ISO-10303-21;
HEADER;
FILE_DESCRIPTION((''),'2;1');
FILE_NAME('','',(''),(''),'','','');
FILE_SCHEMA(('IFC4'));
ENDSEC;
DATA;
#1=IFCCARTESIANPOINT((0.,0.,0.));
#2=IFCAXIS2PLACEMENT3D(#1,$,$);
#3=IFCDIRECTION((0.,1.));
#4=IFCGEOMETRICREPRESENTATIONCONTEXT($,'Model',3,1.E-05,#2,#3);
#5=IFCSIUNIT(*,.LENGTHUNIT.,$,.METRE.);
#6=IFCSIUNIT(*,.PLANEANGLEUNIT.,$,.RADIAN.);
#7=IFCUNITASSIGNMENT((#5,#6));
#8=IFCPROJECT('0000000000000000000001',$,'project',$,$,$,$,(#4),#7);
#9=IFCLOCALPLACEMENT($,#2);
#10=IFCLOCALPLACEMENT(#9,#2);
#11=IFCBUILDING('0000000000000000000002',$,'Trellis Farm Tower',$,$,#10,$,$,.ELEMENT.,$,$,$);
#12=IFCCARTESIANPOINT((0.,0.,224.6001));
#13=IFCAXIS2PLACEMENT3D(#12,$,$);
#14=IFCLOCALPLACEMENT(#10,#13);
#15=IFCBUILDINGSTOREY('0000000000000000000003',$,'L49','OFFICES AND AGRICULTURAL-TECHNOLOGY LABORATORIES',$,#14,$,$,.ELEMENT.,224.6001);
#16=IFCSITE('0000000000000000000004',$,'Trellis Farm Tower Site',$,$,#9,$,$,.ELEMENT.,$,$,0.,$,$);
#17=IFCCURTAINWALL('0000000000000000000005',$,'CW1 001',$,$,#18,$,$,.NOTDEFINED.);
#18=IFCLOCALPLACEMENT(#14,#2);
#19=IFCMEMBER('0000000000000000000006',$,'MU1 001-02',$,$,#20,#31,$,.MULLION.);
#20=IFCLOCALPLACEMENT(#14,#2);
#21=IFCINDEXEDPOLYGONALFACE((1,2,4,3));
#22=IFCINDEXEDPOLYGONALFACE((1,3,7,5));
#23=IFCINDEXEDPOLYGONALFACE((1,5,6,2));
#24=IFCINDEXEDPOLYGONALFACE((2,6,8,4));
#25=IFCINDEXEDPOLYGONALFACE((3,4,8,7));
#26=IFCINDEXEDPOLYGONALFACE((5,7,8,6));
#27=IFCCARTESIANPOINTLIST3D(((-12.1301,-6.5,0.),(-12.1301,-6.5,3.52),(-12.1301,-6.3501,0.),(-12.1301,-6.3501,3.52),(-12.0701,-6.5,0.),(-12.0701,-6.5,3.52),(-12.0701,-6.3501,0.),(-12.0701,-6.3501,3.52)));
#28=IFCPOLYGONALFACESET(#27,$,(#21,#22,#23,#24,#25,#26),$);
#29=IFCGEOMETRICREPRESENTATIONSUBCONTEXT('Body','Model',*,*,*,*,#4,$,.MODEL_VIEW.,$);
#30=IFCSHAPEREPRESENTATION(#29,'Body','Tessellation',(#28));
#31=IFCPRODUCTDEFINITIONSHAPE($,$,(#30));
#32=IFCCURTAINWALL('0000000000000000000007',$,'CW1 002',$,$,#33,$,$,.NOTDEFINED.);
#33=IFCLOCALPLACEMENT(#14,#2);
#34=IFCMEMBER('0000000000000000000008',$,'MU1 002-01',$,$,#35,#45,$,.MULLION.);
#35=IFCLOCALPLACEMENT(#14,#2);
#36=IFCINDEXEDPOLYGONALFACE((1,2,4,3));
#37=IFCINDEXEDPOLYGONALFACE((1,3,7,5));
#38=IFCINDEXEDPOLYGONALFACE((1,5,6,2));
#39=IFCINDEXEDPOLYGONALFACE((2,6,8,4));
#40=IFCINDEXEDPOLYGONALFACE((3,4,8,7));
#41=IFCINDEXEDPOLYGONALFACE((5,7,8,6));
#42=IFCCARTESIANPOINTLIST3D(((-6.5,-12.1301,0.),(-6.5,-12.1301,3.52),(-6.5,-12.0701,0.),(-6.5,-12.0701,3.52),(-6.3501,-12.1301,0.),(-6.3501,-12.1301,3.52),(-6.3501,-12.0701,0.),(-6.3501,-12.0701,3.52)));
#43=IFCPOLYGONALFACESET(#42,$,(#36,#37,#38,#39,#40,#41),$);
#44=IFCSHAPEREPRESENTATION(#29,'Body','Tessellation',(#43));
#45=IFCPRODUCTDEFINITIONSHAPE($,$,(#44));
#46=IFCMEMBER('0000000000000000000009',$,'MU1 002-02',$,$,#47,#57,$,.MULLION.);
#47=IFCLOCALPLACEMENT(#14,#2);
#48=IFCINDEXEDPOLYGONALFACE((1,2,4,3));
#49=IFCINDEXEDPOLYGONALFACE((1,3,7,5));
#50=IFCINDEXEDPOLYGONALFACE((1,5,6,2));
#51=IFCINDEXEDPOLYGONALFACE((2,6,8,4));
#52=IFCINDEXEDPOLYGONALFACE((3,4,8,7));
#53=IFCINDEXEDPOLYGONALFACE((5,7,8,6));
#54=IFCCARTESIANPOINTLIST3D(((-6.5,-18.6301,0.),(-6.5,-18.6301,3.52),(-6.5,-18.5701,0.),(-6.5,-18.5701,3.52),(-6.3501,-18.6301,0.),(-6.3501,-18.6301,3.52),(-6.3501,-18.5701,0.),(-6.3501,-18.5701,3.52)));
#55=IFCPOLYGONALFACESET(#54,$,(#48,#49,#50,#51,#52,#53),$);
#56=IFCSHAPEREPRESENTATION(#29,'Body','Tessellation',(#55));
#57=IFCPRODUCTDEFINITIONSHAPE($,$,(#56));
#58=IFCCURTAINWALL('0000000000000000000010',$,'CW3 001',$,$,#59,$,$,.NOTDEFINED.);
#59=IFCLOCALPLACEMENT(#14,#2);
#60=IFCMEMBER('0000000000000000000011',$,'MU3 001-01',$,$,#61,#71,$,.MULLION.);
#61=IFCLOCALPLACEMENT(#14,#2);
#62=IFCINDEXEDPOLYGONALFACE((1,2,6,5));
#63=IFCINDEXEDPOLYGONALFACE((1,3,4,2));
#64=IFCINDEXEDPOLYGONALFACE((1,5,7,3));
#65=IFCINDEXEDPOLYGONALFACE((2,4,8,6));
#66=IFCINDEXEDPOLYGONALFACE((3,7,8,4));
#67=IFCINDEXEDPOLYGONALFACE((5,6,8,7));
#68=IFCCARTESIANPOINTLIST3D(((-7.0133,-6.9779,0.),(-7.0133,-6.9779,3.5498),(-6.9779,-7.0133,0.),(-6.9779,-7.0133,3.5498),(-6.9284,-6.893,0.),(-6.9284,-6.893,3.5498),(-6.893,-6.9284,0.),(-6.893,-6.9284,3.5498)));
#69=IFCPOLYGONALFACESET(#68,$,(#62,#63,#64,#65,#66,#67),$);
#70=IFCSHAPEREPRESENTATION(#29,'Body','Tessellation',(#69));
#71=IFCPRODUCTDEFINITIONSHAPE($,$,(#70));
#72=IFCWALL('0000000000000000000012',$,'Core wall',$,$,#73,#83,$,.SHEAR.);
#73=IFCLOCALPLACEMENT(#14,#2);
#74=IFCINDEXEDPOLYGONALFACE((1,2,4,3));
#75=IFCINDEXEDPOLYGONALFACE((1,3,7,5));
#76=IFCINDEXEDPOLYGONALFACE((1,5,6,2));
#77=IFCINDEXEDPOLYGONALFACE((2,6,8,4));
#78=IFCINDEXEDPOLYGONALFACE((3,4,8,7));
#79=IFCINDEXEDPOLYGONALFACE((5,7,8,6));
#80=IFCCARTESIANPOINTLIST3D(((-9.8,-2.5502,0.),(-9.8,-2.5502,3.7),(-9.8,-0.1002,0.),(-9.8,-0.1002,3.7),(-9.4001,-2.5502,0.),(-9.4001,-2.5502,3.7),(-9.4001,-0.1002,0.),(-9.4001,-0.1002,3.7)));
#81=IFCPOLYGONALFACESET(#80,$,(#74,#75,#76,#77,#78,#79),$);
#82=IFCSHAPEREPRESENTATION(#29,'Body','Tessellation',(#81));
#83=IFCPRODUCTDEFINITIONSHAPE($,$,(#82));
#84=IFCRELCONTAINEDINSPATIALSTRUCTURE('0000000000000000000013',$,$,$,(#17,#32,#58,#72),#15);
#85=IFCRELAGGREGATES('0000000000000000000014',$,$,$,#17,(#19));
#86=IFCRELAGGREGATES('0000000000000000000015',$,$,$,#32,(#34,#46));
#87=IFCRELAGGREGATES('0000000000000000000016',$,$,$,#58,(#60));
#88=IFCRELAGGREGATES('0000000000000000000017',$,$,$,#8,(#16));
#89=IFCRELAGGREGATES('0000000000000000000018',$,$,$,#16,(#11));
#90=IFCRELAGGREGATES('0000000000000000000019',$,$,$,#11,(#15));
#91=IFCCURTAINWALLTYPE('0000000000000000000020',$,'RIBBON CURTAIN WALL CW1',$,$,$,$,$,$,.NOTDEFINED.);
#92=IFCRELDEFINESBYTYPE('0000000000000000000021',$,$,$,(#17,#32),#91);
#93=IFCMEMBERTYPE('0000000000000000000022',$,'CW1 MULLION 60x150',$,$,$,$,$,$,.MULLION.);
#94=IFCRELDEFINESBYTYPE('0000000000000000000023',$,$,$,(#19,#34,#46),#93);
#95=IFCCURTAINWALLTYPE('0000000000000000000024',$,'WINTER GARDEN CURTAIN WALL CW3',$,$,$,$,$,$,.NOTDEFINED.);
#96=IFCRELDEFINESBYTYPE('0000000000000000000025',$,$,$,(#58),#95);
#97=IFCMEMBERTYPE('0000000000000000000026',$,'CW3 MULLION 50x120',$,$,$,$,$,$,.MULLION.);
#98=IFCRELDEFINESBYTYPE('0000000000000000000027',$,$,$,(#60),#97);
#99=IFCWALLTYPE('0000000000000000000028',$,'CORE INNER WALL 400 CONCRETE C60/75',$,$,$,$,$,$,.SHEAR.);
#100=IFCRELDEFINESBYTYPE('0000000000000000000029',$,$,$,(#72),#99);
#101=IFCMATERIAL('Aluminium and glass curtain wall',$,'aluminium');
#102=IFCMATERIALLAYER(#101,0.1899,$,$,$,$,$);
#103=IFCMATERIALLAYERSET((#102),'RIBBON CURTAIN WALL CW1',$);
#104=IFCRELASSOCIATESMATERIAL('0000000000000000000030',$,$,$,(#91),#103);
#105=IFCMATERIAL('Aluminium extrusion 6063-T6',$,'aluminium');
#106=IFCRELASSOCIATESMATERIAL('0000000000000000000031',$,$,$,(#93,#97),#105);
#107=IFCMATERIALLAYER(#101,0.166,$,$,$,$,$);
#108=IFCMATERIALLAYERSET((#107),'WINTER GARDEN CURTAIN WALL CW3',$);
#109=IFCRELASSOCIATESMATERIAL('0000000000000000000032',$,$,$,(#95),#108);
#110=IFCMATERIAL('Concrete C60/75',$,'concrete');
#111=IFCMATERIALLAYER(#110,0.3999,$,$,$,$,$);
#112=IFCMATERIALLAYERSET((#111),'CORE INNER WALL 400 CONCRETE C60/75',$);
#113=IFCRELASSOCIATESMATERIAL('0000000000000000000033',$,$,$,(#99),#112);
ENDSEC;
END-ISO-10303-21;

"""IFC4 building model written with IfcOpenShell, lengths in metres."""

from ifc_helpers import new_model, si_unit, direction, frame, frame_2d, origin, origin_2d, place, context, subcontext, project, spatial, rectangle, extrude, source, transform, mapped, material, layer, layer_set, material_profile, profile_set, type_object, element, aggregate, save


model = new_model("IFC4")

# Units and contexts
model_context = context("Model", 3, precision=1e-05, world=origin(), true_north=direction((0.0, 1.0)))
body_context = subcontext(model_context, "Body", "Model", "MODEL_VIEW")
ifc_project = project(units=[si_unit("LENGTHUNIT", "METRE"), si_unit("PLANEANGLEUNIT", "RADIAN")], contexts=[model_context])

# Site, building, storey
site_placement = place(None, origin())
site = spatial("IfcSite", under=ifc_project, at=site_placement, Name="Trellis Farm Tower Site", CompositionType="ELEMENT", RefElevation=0.0)
building_placement = place(site_placement, origin())
building = spatial("IfcBuilding", under=site, at=building_placement, Name="Trellis Farm Tower", CompositionType="ELEMENT")
storey_placement = place(building_placement, frame((0.0, 0.0, 224.6001)))
storey = spatial("IfcBuildingStorey", under=building, at=storey_placement, Name="L49", Description="OFFICES AND AGRICULTURAL-TECHNOLOGY LABORATORIES", CompositionType="ELEMENT", Elevation=224.6001)

# Shared definitions
ifc_material_1 = material(Name="Concrete C60/75", Category="concrete")

# Curtain wall, member
ifc_material_2 = material(Name="Aluminium and glass curtain wall", Category="aluminium")
ifc_layer_1 = layer(ifc_material_2, 0.1899)
ifc_layer_set_1 = layer_set([ifc_layer_1], Name="RIBBON CURTAIN WALL CW1")
curtain_wall_type_1 = type_object("IfcCurtainWallType", Name="RIBBON CURTAIN WALL CW1", PredefinedType="NOTDEFINED", material=ifc_layer_set_1)
placement = place(storey_placement, origin())
curtain_wall_1 = element("IfcCurtainWall", 1, at=placement, inside=storey, type_object=curtain_wall_type_1, Name="CW1 001", PredefinedType="NOTDEFINED")
ifc_material_3 = material(Name="Aluminium extrusion 6063-T6", Category="aluminium")
ifc_material_profile_1 = material_profile(ifc_material_3, rectangle(XDim=0.0601, YDim=0.1499, at=origin_2d()), Name="MULLION 60x150")
ifc_profile_set_1 = profile_set([ifc_material_profile_1], Name="Aluminium extrusion 6063-T6")
member_type_1 = type_object("IfcMemberType", Name="CW1 MULLION 60x150", PredefinedType="MULLION", material=ifc_profile_set_1)
shared_shape_1 = source(origin(), body_context, "Body", "SweptSolid", [
    extrude(rectangle(XDim=0.0601, YDim=0.1499, at=origin_2d()), origin(), (0.0, 0.0, 1.0), 3.52),
])
member_1_placement = place(storey_placement, frame((-12.1001, -6.425, 0.0), z_axis=(0.0, 0.0, 1.0), x_axis=(1.0, 0.0, 0.0)))
member_1 = element("IfcMember", 2, at=member_1_placement, type_object=member_type_1, Name="MU1 001-02", PredefinedType="MULLION", context=body_context, shape_type="MappedRepresentation", body=[
    mapped(shared_shape_1, transform((0.0, 0.0, 0.0))),
])
aggregate(curtain_wall_1, [member_1])

# Curtain wall, members
curtain_wall_2 = element("IfcCurtainWall", 3, at=placement, inside=storey, type_object=curtain_wall_type_1, Name="CW1 002", PredefinedType="NOTDEFINED")
member_2_placement = place(storey_placement, frame((-6.425, -12.1001, 0.0), z_axis=(0.0, 0.0, 1.0), x_axis=(0.0, -1.0, 0.0)))
member_2 = element("IfcMember", 4, at=member_2_placement, type_object=member_type_1, Name="MU1 002-01", PredefinedType="MULLION", context=body_context, shape_type="MappedRepresentation", body=[
    mapped(shared_shape_1, transform((0.0, 0.0, 0.0))),
])
member_3_placement = place(storey_placement, frame((-6.425, -18.6001, 0.0), z_axis=(0.0, 0.0, 1.0), x_axis=(0.0, -1.0, 0.0)))
member_3 = element("IfcMember", 5, at=member_3_placement, type_object=member_type_1, Name="MU1 002-02", PredefinedType="MULLION", context=body_context, shape_type="MappedRepresentation", body=[
    mapped(shared_shape_1, transform((0.0, 0.0, 0.0))),
])
aggregate(curtain_wall_2, [member_2, member_3])

# Curtain wall, member
ifc_layer_2 = layer(ifc_material_2, 0.166)
ifc_layer_set_2 = layer_set([ifc_layer_2], Name="WINTER GARDEN CURTAIN WALL CW3")
curtain_wall_type_2 = type_object("IfcCurtainWallType", Name="WINTER GARDEN CURTAIN WALL CW3", PredefinedType="NOTDEFINED", material=ifc_layer_set_2)
curtain_wall_3 = element("IfcCurtainWall", 6, at=placement, inside=storey, type_object=curtain_wall_type_2, Name="CW3 001", PredefinedType="NOTDEFINED")
ifc_material_profile_2 = material_profile(ifc_material_3, rectangle(XDim=0.05, YDim=0.1201, at=origin_2d()), Name="MULLION 50x120")
ifc_profile_set_2 = profile_set([ifc_material_profile_2], Name="Aluminium extrusion 6063-T6")
member_type_2 = type_object("IfcMemberType", Name="CW3 MULLION 50x120", PredefinedType="MULLION", material=ifc_profile_set_2)
shared_shape_2 = source(origin(), body_context, "Body", "SweptSolid", [
    extrude(rectangle(XDim=0.05, YDim=0.1201, at=origin_2d()), origin(), (0.0, 0.0, 1.0), 3.5498),
])
member_4_placement = place(storey_placement, frame((-6.9531, -6.9531, 0.0), z_axis=(0.0, 0.0, 1.0), x_axis=(0.707107, -0.707107, 0.0)))
member_4 = element("IfcMember", 7, at=member_4_placement, type_object=member_type_2, Name="MU3 001-01", PredefinedType="MULLION", context=body_context, shape_type="MappedRepresentation", body=[
    mapped(shared_shape_2, transform((0.0, 0.0, 0.0))),
])
aggregate(curtain_wall_3, [member_4])

# Wall
ifc_layer_3 = layer(ifc_material_1, 0.3999)
ifc_layer_set_3 = layer_set([ifc_layer_3], Name="CORE INNER WALL 400 CONCRETE C60/75")
wall_type_1 = type_object("IfcWallType", Name="CORE INNER WALL 400 CONCRETE C60/75", PredefinedType="SHEAR", material=ifc_layer_set_3)
shared_shape_3 = source(origin(), body_context, "Body", "SweptSolid", [
    extrude(rectangle(XDim=2.45, YDim=0.3999, at=frame_2d((1.2251, 0.0))), origin(), (0.0, 0.0, 1.0), 3.7),
])
wall_1_placement = place(storey_placement, frame((-9.6001, -0.1001, 0.0), z_axis=(0.0, 0.0, 1.0), x_axis=(0.0, -1.0, 0.0)))
element("IfcWall", 8, at=wall_1_placement, inside=storey, type_object=wall_type_1, Name="Core wall", PredefinedType="SHEAR", context=body_context, shape_type="MappedRepresentation", body=[
    mapped(shared_shape_3, transform((0.0, 0.0, 0.0))),
])

save(model, "model.ifc")
